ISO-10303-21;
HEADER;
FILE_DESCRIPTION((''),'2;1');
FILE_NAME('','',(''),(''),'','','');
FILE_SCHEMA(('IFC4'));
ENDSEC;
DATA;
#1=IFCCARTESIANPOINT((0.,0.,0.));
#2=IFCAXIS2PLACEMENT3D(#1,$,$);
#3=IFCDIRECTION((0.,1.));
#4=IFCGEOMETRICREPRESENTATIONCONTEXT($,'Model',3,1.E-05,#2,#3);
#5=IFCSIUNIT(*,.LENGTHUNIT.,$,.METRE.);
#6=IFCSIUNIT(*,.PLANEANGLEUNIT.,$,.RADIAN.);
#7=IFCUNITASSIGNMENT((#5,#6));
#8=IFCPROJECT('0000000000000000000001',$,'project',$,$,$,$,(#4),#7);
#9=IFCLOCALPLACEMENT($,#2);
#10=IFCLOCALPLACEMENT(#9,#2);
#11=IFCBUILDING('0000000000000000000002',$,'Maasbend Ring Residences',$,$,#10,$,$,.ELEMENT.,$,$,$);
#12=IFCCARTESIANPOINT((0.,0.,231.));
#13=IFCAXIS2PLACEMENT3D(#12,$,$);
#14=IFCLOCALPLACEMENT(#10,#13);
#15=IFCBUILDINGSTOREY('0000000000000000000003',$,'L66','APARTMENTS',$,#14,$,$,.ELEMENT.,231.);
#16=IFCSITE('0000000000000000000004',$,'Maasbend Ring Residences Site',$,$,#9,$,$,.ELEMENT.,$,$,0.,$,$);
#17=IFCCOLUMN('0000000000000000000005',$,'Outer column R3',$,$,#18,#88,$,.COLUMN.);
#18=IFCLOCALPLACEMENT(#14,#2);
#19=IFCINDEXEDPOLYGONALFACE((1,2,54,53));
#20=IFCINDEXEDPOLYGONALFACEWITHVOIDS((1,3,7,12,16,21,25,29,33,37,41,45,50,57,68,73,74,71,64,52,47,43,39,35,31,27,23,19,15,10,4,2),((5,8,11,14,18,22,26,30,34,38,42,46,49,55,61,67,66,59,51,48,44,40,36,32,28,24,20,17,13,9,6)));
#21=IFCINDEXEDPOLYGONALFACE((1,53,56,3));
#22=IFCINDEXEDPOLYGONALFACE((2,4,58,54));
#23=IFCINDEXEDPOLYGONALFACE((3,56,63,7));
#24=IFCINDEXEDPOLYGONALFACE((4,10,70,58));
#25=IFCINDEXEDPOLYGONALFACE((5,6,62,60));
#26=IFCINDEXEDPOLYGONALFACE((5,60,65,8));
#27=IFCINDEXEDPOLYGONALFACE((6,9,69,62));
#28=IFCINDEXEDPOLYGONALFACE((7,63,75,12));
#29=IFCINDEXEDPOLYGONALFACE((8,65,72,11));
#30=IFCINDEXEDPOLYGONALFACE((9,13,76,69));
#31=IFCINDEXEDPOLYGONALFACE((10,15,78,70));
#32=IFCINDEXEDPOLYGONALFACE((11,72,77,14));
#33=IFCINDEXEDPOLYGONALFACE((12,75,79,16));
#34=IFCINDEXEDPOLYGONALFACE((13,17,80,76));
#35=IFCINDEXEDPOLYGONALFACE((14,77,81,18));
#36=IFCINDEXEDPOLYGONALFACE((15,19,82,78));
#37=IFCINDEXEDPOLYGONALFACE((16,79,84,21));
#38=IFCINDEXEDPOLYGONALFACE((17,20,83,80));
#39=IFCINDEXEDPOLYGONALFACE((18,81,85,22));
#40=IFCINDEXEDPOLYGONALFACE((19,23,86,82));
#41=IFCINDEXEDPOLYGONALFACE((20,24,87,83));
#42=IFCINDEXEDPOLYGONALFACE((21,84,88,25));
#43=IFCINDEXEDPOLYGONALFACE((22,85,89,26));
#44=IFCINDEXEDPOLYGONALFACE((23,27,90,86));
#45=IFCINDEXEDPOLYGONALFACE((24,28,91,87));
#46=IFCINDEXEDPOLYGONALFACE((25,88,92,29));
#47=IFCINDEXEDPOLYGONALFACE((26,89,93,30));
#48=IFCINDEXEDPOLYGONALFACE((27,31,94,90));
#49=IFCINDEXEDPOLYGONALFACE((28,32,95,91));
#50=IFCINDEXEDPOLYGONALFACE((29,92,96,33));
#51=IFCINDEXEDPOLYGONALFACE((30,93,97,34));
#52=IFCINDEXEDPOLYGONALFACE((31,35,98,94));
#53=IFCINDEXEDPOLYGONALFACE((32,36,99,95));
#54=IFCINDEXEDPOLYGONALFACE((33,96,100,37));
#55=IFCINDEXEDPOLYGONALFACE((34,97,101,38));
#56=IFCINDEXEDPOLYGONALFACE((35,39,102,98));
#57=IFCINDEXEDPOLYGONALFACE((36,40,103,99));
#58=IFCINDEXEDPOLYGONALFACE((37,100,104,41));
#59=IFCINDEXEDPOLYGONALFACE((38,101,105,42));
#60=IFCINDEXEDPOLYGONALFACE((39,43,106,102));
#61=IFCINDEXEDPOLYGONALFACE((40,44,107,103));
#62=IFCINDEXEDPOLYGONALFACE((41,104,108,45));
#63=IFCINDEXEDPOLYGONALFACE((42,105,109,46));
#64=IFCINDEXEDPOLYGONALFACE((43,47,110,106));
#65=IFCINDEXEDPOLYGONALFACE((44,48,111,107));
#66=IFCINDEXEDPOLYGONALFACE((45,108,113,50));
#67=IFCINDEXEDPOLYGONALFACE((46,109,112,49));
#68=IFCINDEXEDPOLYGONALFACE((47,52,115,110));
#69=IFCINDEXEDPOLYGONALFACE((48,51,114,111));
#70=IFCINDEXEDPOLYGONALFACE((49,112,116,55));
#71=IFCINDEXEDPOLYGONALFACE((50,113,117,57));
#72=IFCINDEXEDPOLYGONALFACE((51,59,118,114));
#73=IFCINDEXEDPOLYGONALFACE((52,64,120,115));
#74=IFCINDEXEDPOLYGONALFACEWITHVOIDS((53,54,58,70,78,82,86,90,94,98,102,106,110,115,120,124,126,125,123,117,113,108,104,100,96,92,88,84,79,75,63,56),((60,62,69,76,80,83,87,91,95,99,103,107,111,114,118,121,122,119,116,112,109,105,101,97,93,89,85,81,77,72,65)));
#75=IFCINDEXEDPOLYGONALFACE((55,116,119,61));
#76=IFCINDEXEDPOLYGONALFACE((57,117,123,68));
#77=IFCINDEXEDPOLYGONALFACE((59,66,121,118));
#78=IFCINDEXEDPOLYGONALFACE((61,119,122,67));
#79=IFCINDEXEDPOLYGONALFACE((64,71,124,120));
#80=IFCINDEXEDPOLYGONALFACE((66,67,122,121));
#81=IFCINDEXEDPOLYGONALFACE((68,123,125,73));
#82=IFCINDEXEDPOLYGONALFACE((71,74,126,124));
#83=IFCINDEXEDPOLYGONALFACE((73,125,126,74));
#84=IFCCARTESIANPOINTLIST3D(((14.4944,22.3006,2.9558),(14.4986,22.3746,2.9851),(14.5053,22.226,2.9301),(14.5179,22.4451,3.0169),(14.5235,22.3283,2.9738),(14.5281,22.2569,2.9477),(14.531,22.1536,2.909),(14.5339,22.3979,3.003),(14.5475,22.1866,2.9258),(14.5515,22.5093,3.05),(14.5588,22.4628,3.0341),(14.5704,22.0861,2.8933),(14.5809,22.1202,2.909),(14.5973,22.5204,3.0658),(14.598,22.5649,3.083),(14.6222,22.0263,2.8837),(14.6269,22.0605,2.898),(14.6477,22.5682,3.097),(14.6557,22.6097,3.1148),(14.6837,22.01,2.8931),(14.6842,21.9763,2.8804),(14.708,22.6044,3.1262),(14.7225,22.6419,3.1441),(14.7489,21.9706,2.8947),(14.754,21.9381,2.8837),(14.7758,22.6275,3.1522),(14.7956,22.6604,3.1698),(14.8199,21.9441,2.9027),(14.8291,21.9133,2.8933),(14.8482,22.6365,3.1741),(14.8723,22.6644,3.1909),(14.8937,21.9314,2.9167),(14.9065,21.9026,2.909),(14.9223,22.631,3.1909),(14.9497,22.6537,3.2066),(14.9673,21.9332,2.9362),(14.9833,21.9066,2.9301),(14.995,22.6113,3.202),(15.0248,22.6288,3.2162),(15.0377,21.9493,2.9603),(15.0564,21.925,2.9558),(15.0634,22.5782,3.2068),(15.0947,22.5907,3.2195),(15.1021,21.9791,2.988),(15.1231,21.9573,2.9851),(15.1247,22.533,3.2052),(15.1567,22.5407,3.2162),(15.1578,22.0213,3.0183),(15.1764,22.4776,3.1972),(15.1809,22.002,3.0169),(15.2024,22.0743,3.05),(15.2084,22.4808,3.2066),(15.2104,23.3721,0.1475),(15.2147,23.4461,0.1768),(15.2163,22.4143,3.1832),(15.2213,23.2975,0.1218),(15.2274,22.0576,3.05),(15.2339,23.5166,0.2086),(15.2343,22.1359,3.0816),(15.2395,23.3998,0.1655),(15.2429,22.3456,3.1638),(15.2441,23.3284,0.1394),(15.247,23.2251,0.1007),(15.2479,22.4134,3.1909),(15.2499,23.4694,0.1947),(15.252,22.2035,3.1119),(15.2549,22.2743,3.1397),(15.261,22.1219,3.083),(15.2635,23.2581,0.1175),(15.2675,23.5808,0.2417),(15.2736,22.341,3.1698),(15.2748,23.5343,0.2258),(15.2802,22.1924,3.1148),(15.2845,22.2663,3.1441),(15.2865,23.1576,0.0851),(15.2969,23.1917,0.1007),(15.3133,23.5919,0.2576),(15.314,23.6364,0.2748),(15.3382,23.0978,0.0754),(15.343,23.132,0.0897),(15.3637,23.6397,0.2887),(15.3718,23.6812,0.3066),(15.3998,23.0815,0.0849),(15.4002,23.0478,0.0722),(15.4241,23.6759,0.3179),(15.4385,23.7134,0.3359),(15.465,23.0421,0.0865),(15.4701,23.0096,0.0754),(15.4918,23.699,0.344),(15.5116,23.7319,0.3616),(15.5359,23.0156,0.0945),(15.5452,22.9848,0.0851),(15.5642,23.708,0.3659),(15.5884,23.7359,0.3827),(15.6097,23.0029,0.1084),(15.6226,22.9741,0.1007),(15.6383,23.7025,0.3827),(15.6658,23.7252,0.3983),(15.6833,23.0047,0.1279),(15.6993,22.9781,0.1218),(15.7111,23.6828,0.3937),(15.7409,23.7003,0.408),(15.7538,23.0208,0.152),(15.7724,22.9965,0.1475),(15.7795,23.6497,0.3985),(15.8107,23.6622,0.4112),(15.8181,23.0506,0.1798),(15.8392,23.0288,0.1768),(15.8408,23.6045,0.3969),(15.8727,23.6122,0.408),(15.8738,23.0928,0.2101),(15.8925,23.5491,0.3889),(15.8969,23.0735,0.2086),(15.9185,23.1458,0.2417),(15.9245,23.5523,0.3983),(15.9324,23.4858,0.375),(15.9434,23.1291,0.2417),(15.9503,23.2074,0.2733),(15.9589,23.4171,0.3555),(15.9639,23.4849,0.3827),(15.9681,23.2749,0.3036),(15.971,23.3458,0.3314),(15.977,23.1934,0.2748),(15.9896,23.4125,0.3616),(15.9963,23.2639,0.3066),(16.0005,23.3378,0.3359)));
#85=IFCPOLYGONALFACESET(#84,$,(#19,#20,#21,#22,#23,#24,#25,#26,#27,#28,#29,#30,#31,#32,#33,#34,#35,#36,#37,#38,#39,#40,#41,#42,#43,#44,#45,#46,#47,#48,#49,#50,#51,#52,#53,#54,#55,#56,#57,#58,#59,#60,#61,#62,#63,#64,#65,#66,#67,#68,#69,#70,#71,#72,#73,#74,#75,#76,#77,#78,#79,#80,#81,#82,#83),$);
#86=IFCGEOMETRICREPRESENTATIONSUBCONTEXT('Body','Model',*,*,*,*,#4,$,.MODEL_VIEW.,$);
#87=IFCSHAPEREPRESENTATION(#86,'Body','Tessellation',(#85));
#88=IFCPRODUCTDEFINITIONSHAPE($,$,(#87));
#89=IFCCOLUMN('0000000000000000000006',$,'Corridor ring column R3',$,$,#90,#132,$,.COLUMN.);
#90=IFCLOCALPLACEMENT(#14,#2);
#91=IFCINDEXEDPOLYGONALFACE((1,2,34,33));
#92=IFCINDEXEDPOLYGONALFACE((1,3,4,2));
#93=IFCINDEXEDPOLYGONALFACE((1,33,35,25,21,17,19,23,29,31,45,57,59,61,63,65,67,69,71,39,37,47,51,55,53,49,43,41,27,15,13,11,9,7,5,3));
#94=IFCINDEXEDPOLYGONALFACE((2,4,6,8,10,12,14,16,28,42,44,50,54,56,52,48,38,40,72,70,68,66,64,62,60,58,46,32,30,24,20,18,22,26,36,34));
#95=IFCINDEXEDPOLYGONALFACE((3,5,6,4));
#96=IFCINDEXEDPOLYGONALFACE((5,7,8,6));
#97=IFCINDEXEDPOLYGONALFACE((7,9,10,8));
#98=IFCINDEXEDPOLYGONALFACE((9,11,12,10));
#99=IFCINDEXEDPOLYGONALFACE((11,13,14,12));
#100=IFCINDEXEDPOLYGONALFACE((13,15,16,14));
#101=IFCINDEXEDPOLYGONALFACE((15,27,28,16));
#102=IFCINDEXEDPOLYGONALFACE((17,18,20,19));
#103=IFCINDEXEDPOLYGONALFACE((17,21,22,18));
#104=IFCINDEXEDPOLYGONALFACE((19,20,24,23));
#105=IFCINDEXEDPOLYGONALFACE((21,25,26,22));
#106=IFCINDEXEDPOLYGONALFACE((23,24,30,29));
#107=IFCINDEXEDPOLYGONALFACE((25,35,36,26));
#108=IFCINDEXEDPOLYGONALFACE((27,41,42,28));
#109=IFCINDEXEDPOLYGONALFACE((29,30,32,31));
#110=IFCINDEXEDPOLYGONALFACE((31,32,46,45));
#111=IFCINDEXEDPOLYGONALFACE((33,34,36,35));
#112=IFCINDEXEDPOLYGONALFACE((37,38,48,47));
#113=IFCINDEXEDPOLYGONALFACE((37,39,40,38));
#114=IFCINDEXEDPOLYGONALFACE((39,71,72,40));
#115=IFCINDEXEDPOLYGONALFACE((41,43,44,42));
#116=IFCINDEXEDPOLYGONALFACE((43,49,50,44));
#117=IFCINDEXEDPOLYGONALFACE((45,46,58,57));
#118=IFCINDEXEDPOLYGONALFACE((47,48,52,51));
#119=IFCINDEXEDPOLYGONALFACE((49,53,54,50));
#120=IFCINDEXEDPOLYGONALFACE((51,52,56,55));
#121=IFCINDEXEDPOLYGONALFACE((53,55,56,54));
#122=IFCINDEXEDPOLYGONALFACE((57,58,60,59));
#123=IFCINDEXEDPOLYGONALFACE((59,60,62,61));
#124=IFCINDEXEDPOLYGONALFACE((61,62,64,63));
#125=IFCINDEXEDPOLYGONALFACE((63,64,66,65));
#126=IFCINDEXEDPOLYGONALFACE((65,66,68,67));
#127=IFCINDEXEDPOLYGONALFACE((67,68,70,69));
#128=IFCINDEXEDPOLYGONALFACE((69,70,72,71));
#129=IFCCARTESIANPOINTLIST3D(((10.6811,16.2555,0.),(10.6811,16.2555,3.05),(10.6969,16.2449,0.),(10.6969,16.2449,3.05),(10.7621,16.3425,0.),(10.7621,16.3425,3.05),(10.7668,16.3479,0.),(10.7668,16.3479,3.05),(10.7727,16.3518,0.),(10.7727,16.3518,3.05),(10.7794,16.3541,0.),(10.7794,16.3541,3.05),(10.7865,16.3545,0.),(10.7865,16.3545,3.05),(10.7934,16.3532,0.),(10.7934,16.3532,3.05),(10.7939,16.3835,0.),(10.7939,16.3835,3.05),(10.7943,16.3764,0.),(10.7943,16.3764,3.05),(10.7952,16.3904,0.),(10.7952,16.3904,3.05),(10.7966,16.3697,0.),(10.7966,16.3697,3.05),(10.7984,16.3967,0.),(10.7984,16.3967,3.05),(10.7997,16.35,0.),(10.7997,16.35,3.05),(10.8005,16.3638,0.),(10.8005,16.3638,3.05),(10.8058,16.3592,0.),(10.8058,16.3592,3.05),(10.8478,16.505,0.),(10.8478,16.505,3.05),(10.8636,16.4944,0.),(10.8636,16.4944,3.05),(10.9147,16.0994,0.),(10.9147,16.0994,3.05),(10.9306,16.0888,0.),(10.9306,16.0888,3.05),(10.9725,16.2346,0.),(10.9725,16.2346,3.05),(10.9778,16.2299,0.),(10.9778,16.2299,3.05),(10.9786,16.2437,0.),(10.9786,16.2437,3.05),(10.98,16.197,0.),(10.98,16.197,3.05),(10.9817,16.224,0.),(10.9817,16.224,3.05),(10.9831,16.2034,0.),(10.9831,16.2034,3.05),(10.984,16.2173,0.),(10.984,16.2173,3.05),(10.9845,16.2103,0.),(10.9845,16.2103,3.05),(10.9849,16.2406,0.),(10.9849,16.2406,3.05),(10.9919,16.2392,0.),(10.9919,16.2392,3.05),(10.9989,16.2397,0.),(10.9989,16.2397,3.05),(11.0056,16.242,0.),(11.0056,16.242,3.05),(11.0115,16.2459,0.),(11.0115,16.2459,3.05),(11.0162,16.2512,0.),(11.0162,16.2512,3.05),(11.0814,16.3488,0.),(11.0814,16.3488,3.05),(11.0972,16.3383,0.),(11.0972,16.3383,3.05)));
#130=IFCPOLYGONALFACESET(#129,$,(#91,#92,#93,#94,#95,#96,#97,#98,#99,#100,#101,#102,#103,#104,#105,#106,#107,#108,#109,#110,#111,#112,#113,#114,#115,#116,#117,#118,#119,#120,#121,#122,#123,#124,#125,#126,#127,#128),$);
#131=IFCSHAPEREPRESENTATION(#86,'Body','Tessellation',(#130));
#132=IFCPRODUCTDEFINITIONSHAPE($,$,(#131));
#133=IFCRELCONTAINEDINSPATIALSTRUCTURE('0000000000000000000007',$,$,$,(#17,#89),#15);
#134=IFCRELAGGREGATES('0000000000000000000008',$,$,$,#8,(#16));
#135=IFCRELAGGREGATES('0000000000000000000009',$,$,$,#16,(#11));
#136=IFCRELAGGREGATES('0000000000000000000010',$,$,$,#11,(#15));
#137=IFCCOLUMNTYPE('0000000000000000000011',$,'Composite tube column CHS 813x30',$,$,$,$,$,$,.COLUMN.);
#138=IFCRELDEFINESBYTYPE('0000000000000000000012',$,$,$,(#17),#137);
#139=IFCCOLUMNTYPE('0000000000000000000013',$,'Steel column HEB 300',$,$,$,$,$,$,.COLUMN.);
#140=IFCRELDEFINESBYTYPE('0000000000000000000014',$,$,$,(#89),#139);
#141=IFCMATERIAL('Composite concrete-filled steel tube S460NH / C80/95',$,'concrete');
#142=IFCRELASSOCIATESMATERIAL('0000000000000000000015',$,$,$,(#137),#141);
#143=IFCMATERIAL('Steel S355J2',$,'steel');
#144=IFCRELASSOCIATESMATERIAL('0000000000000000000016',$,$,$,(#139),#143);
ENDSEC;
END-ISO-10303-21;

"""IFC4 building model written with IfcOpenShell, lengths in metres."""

from ifc_helpers import new_model, si_unit, direction, frame, origin, origin_2d, place, context, subcontext, project, spatial, hollow_circle, i_section, extrude, material, material_profile, profile_set, type_object, element, save


model = new_model("IFC4")

# Units and contexts
model_context = context("Model", 3, precision=1e-05, world=origin(), true_north=direction((0.0, 1.0)))
body_context = subcontext(model_context, "Body", "Model", "MODEL_VIEW")
ifc_project = project(units=[si_unit("LENGTHUNIT", "METRE"), si_unit("PLANEANGLEUNIT", "RADIAN")], contexts=[model_context])

# Site, building, storey
site_placement = place(None, origin())
site = spatial("IfcSite", under=ifc_project, at=site_placement, Name="Maasbend Ring Residences Site", CompositionType="ELEMENT", RefElevation=0.0)
building_placement = place(site_placement, origin())
building = spatial("IfcBuilding", under=site, at=building_placement, Name="Maasbend Ring Residences", CompositionType="ELEMENT")
storey_placement = place(building_placement, frame((0.0, 0.0, 231.0)))
storey = spatial("IfcBuildingStorey", under=building, at=storey_placement, Name="L66", Description="APARTMENTS", CompositionType="ELEMENT", Elevation=231.0)

# Columns
ifc_material_1 = material(Name="Composite concrete-filled steel tube S460NH / C80/95", Category="concrete")
ifc_material_profile_1 = material_profile(ifc_material_1, hollow_circle(Radius=0.4065, WallThickness=0.03, at=origin_2d()), Name="Composite tube column CHS 813x30")
ifc_profile_set_1 = profile_set([ifc_material_profile_1], Name="Composite concrete-filled steel tube S460NH / C80/95")
column_type_1 = type_object("IfcColumnType", Name="Composite tube column CHS 813x30", PredefinedType="COLUMN", material=ifc_profile_set_1)
column_1_placement = place(storey_placement, frame((15.6055, 23.355, 0.2417), z_axis=(-0.23174, -0.346781, 0.908867), x_axis=(0.831438, -0.555618, 0.0)))
element("IfcColumn", 1, at=column_1_placement, inside=storey, type_object=column_type_1, Name="Outer column R3", PredefinedType="COLUMN", context=body_context, shape_type="SweptSolid", body=[
    extrude(hollow_circle(Radius=0.4065, WallThickness=0.03, at=origin_2d()), origin(), (0.0, 0.0, 1.0), 3.0898),
])
ifc_material_2 = material(Name="Steel S355J2", Category="steel")
ifc_material_profile_2 = material_profile(ifc_material_2, i_section(OverallWidth=0.3, OverallDepth=0.3, WebThickness=0.011, FlangeThickness=0.019, FilletRadius=0.0271, at=origin_2d()), Name="HEB 300")
ifc_profile_set_2 = profile_set([ifc_material_profile_2], Name="Steel S355J2")
column_type_2 = type_object("IfcColumnType", Name="Steel column HEB 300", PredefinedType="COLUMN", material=ifc_profile_set_2)
column_2_placement = place(storey_placement, frame((10.8892, 16.2969, 0.0), z_axis=(0.0, 0.0, 1.0), x_axis=(0.55557, 0.83147, 0.0)))
element("IfcColumn", 2, at=column_2_placement, inside=storey, type_object=column_type_2, Name="Corridor ring column R3", PredefinedType="COLUMN", context=body_context, shape_type="SweptSolid", body=[
    extrude(i_section(OverallWidth=0.3, OverallDepth=0.3, WebThickness=0.011, FlangeThickness=0.019, FilletRadius=0.0271, at=origin_2d()), origin(), (0.0, 0.0, 1.0), 3.05),
])

save(model, "model.ifc")
